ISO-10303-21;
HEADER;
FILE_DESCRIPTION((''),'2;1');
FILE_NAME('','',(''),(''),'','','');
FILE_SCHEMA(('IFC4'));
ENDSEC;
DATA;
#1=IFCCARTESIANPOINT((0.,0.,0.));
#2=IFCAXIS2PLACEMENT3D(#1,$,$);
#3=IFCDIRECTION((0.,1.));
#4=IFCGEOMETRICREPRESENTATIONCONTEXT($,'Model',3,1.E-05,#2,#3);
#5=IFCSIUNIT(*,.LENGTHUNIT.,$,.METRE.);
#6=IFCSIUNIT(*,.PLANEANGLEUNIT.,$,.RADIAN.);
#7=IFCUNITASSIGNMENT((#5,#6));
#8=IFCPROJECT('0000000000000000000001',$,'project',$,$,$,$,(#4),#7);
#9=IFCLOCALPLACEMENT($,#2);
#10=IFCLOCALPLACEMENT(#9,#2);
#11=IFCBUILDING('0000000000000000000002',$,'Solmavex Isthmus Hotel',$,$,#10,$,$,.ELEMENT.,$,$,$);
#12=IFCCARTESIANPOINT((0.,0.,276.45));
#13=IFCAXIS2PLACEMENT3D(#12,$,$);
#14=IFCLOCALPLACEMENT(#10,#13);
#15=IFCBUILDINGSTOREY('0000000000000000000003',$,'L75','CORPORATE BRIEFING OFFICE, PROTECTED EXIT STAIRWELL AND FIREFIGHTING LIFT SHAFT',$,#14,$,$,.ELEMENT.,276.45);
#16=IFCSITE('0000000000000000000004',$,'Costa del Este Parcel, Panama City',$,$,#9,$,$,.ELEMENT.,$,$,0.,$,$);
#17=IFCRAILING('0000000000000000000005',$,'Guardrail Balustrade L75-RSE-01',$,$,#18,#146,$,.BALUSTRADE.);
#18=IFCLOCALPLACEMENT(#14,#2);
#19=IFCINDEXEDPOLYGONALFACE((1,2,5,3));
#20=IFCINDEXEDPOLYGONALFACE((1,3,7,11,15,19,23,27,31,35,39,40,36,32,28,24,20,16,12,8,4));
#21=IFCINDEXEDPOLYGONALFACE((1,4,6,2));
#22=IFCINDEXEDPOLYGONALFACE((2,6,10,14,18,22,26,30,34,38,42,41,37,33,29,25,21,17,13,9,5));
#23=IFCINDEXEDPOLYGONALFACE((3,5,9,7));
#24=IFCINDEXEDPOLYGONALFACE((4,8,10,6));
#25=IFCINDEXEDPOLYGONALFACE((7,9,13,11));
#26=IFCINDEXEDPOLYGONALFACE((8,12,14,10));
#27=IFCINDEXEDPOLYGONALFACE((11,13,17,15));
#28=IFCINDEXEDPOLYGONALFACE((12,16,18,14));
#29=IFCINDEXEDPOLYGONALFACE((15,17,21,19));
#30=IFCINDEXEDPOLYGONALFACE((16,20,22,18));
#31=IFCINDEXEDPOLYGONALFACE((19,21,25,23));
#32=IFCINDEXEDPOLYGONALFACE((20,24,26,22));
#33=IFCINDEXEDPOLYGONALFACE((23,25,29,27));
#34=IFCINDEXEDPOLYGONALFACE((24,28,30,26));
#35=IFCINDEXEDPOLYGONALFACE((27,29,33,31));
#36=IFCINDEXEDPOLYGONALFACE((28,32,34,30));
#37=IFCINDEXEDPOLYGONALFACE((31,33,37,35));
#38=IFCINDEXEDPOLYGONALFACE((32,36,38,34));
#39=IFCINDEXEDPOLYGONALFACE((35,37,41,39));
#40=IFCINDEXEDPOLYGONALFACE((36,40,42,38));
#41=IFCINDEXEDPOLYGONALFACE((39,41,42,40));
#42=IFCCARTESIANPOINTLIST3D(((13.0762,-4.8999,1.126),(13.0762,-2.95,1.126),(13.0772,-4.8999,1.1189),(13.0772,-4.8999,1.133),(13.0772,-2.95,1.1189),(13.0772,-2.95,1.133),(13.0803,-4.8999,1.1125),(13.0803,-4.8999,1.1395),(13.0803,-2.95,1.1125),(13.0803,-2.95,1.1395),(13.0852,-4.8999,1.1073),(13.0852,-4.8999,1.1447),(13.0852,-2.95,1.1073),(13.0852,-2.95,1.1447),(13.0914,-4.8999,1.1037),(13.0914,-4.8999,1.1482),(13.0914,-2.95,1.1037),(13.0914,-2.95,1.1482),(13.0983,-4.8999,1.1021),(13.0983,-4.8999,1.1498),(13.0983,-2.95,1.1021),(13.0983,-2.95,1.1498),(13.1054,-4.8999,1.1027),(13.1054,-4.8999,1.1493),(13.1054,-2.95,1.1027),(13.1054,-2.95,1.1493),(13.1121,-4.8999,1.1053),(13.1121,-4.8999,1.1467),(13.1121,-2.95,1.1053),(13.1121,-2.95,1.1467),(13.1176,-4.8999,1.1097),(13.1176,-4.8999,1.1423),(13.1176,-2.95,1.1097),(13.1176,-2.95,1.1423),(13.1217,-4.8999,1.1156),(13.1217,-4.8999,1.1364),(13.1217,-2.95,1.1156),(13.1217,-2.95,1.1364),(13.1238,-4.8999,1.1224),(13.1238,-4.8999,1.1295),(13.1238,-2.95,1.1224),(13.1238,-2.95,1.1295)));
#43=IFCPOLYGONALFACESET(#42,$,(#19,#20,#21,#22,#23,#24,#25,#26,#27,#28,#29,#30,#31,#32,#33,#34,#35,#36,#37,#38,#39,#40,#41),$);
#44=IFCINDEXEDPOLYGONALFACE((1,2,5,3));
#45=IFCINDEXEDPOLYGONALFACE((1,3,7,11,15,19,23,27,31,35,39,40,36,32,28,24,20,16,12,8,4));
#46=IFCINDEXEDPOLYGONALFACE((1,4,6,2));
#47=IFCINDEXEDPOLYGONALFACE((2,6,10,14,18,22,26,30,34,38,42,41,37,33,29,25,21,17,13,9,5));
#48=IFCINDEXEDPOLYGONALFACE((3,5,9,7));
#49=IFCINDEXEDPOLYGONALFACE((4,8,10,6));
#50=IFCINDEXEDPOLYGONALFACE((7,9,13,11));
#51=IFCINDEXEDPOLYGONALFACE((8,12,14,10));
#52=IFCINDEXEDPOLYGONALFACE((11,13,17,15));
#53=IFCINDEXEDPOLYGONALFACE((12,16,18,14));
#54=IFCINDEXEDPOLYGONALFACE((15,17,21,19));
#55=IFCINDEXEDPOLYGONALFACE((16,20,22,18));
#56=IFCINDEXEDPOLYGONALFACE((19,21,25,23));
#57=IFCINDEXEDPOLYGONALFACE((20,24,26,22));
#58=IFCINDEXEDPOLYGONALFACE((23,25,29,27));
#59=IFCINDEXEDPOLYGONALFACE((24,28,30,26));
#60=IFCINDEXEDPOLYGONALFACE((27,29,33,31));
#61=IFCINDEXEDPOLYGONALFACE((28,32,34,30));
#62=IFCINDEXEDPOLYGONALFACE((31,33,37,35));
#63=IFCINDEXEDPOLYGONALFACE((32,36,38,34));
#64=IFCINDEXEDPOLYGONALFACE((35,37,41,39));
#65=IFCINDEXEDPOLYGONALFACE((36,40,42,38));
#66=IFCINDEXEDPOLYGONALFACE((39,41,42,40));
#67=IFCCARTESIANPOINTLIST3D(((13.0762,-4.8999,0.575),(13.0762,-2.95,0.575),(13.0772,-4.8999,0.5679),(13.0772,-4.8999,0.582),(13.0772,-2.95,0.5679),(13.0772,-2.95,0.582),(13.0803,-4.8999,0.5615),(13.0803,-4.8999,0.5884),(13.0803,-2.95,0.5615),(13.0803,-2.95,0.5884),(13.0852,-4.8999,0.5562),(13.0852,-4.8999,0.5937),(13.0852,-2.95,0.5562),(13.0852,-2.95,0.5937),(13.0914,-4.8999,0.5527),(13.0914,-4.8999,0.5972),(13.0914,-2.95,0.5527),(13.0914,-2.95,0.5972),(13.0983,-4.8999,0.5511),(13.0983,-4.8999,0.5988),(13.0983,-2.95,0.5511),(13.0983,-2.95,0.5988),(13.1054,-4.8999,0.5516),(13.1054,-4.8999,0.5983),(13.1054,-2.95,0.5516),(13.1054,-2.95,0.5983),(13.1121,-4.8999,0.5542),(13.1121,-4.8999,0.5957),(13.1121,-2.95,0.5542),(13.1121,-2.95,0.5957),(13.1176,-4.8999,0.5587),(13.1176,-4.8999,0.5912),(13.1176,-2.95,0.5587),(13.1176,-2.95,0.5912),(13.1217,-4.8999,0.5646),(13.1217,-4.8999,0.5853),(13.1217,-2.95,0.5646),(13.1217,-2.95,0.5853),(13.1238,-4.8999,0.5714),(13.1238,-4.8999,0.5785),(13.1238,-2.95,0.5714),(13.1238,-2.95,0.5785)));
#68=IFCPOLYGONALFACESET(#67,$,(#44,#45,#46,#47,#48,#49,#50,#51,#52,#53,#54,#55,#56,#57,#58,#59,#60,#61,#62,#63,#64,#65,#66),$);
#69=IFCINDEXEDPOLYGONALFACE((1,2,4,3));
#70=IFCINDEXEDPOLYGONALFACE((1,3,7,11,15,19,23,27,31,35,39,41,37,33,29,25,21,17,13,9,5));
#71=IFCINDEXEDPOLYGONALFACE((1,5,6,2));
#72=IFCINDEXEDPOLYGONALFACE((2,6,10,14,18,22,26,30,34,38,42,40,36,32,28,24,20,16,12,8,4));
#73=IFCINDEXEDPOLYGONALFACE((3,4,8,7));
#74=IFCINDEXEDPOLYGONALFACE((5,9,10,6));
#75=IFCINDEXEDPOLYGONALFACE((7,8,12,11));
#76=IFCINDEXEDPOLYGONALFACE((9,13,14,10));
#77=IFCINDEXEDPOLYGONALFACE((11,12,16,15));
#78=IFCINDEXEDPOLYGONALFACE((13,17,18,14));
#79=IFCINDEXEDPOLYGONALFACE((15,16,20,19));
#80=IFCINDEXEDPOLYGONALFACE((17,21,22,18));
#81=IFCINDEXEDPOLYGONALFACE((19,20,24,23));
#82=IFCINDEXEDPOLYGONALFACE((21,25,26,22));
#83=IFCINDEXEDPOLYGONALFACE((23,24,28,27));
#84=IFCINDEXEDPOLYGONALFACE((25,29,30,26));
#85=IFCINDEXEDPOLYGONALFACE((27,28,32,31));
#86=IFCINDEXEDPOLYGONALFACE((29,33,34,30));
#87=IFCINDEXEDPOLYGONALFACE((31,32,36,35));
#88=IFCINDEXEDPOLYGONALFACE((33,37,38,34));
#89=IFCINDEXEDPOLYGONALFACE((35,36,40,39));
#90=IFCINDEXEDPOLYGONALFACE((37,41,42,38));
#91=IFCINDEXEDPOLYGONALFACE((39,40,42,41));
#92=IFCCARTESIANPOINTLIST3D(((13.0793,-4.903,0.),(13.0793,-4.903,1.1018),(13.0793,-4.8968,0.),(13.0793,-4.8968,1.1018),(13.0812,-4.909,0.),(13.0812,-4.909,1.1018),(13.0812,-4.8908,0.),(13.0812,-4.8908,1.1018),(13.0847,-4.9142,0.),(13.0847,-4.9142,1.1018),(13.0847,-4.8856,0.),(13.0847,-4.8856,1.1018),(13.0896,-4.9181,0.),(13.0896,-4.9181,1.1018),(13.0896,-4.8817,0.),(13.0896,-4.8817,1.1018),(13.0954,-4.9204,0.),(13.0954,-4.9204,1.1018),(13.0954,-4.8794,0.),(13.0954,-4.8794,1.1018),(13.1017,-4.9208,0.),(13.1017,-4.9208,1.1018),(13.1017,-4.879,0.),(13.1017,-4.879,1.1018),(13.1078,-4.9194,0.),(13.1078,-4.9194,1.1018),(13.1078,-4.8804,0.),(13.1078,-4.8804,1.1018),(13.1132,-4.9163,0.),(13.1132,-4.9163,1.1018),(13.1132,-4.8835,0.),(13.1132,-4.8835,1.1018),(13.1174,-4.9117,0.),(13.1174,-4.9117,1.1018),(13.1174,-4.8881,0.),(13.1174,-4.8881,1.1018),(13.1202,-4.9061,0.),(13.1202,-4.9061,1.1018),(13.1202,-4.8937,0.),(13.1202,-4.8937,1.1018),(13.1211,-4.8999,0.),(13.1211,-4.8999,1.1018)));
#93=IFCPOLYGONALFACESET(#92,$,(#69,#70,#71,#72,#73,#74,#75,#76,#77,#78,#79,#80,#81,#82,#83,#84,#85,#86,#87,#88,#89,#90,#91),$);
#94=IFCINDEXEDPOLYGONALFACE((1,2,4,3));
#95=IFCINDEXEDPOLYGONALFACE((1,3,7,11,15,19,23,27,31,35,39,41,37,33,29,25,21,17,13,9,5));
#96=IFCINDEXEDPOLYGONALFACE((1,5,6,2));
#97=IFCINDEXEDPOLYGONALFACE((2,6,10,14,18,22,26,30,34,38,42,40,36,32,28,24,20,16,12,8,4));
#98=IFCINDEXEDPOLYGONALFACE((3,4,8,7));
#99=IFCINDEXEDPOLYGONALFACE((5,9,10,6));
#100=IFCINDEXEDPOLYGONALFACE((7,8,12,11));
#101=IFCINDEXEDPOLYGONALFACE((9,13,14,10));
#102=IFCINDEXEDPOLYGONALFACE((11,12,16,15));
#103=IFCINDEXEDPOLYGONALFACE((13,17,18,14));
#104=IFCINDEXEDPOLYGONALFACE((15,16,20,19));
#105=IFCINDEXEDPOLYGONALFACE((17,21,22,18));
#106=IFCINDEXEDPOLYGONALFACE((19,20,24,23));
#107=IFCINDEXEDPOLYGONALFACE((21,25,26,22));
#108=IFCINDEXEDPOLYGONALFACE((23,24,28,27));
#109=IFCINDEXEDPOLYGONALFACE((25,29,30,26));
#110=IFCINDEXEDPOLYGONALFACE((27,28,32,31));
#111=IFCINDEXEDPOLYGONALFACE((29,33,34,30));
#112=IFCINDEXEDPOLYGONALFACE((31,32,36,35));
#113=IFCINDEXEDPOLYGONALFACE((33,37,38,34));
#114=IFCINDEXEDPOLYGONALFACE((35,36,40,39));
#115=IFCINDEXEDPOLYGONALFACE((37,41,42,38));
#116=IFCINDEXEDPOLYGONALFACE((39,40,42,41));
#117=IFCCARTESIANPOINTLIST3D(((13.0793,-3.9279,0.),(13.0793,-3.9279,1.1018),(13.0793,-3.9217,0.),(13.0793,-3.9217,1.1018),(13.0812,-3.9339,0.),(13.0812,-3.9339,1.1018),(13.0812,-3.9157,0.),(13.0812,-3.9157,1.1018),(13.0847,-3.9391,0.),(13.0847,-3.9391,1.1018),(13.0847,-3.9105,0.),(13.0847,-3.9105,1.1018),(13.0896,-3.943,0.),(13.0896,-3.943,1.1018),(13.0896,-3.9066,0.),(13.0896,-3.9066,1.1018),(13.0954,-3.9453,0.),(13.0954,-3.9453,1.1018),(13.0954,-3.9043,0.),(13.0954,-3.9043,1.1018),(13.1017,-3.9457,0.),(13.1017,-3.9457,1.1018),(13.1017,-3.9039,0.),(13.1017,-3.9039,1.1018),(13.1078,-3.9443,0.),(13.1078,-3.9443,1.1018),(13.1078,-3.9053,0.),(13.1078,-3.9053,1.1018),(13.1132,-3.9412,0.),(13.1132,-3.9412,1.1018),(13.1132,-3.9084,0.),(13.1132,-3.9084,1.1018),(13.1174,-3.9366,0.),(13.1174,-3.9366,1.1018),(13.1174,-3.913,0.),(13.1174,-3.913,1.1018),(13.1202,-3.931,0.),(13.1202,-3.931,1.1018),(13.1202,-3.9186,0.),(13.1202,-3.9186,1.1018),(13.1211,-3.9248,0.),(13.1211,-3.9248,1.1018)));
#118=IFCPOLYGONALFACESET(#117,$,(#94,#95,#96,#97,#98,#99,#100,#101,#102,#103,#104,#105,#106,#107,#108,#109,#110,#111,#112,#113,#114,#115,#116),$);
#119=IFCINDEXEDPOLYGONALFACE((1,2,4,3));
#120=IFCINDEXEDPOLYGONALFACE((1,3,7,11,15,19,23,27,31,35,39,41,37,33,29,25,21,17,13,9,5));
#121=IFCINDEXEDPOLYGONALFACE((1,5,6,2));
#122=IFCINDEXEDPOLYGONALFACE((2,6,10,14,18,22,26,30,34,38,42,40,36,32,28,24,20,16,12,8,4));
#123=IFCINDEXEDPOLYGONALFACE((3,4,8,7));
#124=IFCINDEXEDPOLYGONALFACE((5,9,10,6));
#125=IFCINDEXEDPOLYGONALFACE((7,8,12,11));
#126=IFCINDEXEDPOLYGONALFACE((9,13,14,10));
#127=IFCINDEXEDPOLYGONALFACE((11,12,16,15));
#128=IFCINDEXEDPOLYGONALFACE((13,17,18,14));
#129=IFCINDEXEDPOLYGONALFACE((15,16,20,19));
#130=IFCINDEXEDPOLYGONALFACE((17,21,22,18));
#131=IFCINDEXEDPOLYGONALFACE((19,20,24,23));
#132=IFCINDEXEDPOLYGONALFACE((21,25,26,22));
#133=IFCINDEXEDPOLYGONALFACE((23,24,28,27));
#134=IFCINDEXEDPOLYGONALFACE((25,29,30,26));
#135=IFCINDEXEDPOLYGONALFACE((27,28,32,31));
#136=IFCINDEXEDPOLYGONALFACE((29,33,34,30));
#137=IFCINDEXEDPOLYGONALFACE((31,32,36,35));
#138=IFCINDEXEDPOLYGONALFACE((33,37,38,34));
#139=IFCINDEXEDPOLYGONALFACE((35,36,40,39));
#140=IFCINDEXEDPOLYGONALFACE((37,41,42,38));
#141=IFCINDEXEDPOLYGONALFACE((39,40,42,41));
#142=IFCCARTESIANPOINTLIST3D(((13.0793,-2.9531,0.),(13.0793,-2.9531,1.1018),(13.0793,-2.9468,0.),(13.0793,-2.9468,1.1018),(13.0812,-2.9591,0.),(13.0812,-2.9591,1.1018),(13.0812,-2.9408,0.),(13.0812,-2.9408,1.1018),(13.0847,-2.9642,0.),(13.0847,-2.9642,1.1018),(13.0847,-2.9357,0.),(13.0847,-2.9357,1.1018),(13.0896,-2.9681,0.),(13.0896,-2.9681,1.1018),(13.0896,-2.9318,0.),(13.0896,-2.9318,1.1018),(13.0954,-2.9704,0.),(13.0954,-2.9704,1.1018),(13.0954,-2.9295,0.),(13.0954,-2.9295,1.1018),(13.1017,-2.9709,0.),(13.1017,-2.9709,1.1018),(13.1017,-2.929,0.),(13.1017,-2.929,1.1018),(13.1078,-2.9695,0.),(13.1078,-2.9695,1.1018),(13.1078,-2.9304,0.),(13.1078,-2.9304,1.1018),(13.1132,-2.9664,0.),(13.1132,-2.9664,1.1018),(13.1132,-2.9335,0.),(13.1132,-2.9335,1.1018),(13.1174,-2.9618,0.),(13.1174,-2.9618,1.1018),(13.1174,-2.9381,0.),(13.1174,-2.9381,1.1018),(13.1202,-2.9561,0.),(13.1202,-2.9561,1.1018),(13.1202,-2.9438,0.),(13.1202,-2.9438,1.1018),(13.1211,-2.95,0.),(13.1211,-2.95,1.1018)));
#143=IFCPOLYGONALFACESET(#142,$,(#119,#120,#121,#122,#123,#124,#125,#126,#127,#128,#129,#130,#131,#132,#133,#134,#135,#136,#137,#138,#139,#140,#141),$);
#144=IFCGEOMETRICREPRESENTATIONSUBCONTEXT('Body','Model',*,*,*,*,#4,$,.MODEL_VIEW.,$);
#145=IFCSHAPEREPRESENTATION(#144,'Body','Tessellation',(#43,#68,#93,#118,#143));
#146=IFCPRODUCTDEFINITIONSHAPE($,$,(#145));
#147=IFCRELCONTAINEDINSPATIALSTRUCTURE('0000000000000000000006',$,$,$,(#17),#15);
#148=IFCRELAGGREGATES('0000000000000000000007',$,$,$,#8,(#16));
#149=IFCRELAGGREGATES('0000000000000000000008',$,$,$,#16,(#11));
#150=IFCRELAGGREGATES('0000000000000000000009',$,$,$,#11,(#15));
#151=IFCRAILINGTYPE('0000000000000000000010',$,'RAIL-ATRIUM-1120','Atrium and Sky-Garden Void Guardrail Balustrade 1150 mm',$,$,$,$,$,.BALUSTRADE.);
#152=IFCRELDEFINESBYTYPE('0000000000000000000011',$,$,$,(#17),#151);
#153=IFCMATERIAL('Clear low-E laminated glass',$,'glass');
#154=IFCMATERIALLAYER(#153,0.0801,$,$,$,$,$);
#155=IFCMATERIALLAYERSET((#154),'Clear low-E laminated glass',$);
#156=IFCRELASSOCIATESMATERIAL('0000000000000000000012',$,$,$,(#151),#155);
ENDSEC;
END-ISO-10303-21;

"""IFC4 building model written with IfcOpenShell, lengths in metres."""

from ifc_helpers import new_model, si_unit, direction, frame, origin, origin_2d, place, context, subcontext, project, spatial, circle, extrude, material, layer, layer_set, type_object, element, save


model = new_model("IFC4")

# Units and contexts
model_context = context("Model", 3, precision=1e-05, world=origin(), true_north=direction((0.0, 1.0)))
body_context = subcontext(model_context, "Body", "Model", "MODEL_VIEW")
ifc_project = project(units=[si_unit("LENGTHUNIT", "METRE"), si_unit("PLANEANGLEUNIT", "RADIAN")], contexts=[model_context])

# Site, building, storey
site_placement = place(None, origin())
site = spatial("IfcSite", under=ifc_project, at=site_placement, Name="Costa del Este Parcel, Panama City", CompositionType="ELEMENT", RefElevation=0.0)
building_placement = place(site_placement, origin())
building = spatial("IfcBuilding", under=site, at=building_placement, Name="Solmavex Isthmus Hotel", CompositionType="ELEMENT")
storey_placement = place(building_placement, frame((0.0, 0.0, 276.45)))
storey = spatial("IfcBuildingStorey", under=building, at=storey_placement, Name="L75", Description="CORPORATE BRIEFING OFFICE, PROTECTED EXIT STAIRWELL AND FIREFIGHTING LIFT SHAFT", CompositionType="ELEMENT", Elevation=276.45)

# Railing
ifc_material_1 = material(Name="Clear low-E laminated glass", Category="glass")
ifc_layer_1 = layer(ifc_material_1, 0.0801)
ifc_layer_set_1 = layer_set([ifc_layer_1], Name="Clear low-E laminated glass")
railing_type = type_object("IfcRailingType", Name="RAIL-ATRIUM-1120", Description="Atrium and Sky-Garden Void Guardrail Balustrade 1150 mm", PredefinedType="BALUSTRADE", material=ifc_layer_set_1)
railing_placement = place(storey_placement, frame((13.1001, -4.8999, 0.0)))
element("IfcRailing", 1, at=railing_placement, inside=storey, type_object=railing_type, Name="Guardrail Balustrade L75-RSE-01", PredefinedType="BALUSTRADE", context=body_context, shape_type="SweptSolid", body=[
    extrude(circle(Radius=0.0239, at=origin_2d()), frame((0.0, 0.0, 1.126), z_axis=(0.0, 1.0, 0.0), x_axis=(-1.0, 0.0, 0.0)), (0.0, 0.0, 1.0), 1.95),
    extrude(circle(Radius=0.0239, at=origin_2d()), frame((0.0, 0.0, 0.575), z_axis=(0.0, 1.0, 0.0), x_axis=(-1.0, 0.0, 0.0)), (0.0, 0.0, 1.0), 1.95),
    extrude(circle(Radius=0.021, at=origin_2d()), origin(), (0.0, 0.0, 1.0), 1.1018),
    extrude(circle(Radius=0.021, at=origin_2d()), frame((0.0, 0.9751, 0.0)), (0.0, 0.0, 1.0), 1.1018),
    extrude(circle(Radius=0.021, at=origin_2d()), frame((0.0, 1.95, 0.0)), (0.0, 0.0, 1.0), 1.1018),
])

save(model, "model.ifc")
